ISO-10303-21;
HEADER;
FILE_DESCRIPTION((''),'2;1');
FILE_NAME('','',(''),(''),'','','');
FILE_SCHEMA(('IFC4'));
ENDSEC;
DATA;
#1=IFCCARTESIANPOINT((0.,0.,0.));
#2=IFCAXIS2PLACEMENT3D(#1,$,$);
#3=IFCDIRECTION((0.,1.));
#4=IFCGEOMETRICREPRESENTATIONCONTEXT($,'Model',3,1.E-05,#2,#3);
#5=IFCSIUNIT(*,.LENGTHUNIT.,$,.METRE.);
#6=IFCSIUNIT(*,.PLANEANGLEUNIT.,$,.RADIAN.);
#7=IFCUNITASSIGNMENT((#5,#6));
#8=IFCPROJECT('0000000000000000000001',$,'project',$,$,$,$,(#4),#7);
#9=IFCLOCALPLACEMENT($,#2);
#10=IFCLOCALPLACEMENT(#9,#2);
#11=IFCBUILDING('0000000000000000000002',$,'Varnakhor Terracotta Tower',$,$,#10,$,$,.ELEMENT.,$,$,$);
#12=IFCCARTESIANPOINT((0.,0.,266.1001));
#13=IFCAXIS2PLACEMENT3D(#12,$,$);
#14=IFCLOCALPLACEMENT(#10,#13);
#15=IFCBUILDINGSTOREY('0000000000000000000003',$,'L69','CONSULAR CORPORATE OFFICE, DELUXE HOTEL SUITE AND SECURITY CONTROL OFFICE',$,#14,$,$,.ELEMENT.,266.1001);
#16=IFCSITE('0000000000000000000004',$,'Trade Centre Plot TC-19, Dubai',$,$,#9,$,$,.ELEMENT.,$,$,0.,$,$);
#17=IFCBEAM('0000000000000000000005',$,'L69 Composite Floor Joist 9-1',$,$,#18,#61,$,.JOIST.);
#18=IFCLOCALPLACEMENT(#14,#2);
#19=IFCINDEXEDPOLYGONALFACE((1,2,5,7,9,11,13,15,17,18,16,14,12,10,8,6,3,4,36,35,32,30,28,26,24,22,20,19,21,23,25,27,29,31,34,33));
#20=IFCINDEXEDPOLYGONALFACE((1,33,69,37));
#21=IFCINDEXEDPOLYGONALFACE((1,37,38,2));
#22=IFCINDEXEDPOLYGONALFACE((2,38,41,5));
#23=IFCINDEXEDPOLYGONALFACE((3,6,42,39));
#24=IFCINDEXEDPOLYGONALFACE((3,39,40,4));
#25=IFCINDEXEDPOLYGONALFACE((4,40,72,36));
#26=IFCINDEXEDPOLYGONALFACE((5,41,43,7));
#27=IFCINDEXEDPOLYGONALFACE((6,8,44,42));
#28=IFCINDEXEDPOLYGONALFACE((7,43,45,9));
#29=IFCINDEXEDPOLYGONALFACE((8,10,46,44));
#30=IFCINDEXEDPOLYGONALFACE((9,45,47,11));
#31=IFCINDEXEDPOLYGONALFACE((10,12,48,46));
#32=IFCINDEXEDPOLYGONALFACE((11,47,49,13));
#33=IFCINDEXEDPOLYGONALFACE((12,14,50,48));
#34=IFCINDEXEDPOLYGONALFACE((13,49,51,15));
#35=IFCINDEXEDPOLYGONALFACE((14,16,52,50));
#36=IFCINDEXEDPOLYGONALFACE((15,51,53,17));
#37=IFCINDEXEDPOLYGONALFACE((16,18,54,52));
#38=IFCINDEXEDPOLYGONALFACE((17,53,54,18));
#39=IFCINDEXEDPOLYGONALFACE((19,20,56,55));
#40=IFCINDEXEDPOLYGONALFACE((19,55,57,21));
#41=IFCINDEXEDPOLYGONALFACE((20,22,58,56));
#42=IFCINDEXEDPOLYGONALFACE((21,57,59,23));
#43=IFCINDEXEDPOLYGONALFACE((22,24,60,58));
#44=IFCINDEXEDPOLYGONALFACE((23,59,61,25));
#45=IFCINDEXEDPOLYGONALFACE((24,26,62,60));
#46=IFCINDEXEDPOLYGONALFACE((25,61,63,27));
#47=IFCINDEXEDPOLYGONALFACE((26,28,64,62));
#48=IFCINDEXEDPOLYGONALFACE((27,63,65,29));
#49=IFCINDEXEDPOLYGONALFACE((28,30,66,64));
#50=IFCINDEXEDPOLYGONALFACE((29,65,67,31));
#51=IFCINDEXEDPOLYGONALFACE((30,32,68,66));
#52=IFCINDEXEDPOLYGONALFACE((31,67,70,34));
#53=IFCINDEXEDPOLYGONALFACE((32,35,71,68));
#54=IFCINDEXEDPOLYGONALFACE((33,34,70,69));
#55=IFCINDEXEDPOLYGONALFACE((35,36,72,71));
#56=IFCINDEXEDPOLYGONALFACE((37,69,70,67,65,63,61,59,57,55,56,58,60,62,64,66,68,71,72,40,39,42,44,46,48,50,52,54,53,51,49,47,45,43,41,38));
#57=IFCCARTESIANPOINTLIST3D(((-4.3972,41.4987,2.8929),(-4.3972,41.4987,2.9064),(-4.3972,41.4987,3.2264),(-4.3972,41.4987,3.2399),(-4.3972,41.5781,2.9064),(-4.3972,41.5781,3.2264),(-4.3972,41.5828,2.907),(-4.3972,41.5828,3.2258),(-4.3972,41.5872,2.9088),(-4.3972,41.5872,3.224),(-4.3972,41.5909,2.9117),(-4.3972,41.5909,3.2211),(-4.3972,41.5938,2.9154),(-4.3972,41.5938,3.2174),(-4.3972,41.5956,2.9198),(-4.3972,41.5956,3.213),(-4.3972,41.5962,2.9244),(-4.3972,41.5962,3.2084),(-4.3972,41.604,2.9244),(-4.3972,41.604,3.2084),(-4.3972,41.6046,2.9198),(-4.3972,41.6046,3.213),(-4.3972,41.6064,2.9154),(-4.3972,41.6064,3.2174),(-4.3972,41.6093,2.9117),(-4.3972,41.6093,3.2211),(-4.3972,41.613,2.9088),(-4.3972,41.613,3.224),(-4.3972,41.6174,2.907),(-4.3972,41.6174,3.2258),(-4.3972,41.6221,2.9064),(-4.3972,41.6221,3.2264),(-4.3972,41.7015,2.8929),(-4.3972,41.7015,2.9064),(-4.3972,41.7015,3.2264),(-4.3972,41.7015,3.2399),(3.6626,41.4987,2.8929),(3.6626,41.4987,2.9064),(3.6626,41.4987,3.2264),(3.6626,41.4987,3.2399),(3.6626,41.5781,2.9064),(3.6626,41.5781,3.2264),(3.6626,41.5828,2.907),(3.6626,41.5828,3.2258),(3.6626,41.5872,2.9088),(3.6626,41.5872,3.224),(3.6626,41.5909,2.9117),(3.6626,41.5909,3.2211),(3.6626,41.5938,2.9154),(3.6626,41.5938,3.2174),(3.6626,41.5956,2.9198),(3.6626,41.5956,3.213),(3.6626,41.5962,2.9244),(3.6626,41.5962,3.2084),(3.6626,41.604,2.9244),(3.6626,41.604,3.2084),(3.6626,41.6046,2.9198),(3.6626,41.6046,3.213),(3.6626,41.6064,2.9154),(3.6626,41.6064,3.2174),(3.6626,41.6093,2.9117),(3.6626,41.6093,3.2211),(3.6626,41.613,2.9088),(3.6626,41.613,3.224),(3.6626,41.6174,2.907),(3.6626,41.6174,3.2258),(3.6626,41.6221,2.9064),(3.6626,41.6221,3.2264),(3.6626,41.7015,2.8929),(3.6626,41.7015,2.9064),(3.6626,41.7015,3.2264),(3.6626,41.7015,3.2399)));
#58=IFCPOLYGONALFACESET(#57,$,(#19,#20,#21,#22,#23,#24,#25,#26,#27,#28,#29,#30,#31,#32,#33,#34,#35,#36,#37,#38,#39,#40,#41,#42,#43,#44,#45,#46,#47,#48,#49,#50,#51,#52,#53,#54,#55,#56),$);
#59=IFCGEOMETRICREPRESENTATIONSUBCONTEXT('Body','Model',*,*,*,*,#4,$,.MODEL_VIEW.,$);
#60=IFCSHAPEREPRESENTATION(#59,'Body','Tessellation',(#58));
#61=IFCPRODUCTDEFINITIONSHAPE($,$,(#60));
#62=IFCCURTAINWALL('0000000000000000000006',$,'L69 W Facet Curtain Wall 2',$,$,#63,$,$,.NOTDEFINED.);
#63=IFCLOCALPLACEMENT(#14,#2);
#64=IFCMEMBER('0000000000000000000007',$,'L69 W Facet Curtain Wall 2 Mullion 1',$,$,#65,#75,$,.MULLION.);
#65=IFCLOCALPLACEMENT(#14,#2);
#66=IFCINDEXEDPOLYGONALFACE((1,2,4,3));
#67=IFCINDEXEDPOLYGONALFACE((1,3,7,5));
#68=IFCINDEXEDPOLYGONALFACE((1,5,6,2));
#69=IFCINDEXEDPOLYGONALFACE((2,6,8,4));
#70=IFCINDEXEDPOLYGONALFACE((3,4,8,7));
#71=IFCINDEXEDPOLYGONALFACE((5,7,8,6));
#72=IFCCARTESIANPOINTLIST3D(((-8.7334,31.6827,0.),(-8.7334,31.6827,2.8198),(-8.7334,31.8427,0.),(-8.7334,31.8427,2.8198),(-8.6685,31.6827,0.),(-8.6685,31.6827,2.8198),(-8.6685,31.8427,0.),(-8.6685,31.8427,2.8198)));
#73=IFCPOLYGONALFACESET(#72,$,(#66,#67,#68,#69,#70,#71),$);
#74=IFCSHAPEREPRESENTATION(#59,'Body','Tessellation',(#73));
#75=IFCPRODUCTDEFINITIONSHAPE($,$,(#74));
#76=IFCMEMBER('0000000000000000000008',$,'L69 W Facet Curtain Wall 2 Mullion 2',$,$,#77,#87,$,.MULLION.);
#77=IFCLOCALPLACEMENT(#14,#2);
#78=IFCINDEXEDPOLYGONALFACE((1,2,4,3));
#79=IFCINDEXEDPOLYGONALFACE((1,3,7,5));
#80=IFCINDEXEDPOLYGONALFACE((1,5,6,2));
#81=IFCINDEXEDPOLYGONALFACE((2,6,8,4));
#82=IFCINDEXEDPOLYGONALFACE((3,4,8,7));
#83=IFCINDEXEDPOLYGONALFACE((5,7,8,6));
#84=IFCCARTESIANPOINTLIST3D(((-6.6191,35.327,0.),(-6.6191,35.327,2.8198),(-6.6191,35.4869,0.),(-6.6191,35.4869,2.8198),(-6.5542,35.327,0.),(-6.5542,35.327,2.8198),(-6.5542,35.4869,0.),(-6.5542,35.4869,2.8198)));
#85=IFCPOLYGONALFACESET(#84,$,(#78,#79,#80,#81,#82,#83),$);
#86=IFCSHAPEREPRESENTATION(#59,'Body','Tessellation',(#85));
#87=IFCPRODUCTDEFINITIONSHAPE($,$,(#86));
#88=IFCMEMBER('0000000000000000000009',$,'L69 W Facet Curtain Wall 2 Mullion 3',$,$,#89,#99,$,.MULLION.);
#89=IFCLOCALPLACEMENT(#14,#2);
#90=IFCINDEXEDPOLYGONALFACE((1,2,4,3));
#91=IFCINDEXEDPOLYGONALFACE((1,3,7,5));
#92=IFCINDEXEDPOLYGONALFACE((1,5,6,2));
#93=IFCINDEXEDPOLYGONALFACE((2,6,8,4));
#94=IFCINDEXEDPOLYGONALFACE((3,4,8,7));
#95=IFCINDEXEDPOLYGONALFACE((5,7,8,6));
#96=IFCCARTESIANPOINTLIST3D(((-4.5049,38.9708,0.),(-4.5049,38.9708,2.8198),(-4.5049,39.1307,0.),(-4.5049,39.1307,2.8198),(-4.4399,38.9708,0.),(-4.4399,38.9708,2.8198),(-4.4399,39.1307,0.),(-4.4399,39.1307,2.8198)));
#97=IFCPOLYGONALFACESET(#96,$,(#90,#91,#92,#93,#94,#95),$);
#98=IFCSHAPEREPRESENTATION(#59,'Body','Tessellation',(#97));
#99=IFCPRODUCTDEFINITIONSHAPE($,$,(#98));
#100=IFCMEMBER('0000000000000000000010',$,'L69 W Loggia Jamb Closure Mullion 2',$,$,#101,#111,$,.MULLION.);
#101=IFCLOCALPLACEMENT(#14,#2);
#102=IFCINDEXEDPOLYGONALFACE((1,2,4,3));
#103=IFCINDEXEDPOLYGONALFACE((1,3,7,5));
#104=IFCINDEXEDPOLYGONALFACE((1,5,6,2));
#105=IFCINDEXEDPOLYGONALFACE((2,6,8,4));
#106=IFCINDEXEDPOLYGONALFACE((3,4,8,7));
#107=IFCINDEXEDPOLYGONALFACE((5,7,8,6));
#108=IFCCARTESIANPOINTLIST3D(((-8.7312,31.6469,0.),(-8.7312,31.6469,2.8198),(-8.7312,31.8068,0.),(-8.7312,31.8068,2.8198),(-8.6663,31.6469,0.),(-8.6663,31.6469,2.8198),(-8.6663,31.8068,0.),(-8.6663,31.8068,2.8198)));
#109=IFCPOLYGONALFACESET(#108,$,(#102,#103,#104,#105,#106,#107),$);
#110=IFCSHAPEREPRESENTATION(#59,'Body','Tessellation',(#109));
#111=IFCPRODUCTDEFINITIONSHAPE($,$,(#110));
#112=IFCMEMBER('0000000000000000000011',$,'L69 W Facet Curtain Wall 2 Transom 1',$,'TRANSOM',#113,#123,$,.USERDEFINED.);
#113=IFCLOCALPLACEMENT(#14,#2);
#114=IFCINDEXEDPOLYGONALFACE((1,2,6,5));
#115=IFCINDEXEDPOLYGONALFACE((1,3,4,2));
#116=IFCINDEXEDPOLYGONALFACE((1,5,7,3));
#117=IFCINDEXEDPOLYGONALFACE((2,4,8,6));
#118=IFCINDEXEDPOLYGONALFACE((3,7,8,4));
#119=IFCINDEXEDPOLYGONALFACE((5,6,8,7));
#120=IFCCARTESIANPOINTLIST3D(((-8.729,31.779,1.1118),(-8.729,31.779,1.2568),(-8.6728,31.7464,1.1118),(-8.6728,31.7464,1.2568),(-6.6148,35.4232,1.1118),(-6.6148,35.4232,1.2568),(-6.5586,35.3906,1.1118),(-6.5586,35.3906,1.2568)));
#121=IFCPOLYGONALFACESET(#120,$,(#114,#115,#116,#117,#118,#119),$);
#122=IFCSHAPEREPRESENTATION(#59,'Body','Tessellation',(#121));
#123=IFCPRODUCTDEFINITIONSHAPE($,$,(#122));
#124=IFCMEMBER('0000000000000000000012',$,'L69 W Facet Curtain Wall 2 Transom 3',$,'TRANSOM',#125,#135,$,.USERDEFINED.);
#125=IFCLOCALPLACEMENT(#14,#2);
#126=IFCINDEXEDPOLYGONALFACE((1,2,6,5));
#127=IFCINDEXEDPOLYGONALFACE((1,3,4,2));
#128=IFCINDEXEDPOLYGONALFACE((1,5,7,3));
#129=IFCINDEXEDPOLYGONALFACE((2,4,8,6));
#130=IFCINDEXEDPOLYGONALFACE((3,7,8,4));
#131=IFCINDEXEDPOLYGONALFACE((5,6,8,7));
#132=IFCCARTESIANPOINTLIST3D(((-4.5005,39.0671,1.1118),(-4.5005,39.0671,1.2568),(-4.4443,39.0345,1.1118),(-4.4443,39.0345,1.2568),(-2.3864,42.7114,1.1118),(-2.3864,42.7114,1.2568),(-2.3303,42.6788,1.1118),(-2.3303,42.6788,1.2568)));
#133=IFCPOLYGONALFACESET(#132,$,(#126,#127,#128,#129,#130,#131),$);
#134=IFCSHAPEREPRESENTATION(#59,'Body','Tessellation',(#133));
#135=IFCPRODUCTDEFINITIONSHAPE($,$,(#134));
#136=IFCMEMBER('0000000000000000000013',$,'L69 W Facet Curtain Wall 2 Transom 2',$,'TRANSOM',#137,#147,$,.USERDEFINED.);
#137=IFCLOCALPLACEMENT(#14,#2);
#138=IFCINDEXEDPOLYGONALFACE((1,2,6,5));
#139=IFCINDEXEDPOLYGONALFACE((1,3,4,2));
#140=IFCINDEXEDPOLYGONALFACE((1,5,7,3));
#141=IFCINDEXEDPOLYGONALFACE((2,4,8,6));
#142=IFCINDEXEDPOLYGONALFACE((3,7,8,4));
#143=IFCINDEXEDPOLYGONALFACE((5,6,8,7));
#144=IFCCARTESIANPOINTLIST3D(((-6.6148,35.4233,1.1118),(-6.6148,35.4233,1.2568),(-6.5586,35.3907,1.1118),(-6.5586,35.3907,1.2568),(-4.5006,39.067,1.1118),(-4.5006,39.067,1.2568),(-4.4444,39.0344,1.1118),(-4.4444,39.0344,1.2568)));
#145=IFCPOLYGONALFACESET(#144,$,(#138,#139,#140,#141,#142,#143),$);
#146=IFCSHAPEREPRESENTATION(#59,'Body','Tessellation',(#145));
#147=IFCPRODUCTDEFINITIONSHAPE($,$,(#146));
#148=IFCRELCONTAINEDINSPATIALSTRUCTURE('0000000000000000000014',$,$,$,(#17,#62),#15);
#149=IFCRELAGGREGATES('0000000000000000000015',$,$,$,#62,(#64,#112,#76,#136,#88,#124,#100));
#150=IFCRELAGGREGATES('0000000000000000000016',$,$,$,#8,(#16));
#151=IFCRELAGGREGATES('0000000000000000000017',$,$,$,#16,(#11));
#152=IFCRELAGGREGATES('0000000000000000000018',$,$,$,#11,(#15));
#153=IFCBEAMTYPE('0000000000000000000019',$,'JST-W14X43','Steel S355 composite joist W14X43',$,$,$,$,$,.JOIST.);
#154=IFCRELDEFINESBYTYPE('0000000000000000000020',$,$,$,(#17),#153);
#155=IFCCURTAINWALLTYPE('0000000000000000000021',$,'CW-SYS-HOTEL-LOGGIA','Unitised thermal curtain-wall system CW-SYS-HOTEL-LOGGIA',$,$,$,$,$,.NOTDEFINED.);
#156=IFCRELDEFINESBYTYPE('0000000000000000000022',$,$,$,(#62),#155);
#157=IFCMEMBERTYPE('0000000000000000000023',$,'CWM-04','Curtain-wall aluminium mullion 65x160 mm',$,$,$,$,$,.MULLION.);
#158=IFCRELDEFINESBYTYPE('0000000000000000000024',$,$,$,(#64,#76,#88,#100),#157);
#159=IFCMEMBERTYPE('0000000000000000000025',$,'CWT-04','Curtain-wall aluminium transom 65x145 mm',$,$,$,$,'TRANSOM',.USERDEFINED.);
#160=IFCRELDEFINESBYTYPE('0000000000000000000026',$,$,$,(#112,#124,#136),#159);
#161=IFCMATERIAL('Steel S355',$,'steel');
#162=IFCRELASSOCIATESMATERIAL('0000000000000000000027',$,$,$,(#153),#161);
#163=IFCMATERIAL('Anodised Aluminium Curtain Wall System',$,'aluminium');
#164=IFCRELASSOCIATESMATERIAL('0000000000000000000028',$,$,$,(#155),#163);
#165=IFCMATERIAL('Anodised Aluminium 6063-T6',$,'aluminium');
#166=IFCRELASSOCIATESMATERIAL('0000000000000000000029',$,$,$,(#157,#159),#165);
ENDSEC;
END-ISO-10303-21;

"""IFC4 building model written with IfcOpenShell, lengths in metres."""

from ifc_helpers import new_model, si_unit, direction, frame, origin, origin_2d, place, context, subcontext, project, spatial, rectangle, i_section, extrude, source, transform, mapped, material, material_profile, profile_set, type_object, element, aggregate, save


model = new_model("IFC4")

# Units and contexts
model_context = context("Model", 3, precision=1e-05, world=origin(), true_north=direction((0.0, 1.0)))
body_context = subcontext(model_context, "Body", "Model", "MODEL_VIEW")
ifc_project = project(units=[si_unit("LENGTHUNIT", "METRE"), si_unit("PLANEANGLEUNIT", "RADIAN")], contexts=[model_context])

# Site, building, storey
site_placement = place(None, origin())
site = spatial("IfcSite", under=ifc_project, at=site_placement, Name="Trade Centre Plot TC-19, Dubai", CompositionType="ELEMENT", RefElevation=0.0)
building_placement = place(site_placement, origin())
building = spatial("IfcBuilding", under=site, at=building_placement, Name="Varnakhor Terracotta Tower", CompositionType="ELEMENT")
storey_placement = place(building_placement, frame((0.0, 0.0, 266.1001)))
storey = spatial("IfcBuildingStorey", under=building, at=storey_placement, Name="L69", Description="CONSULAR CORPORATE OFFICE, DELUXE HOTEL SUITE AND SECURITY CONTROL OFFICE", CompositionType="ELEMENT", Elevation=266.1001)

# Beam
ifc_material_1 = material(Name="Steel S355", Category="steel")
ifc_material_profile_1 = material_profile(ifc_material_1, i_section(OverallWidth=0.2029, OverallDepth=0.3469, WebThickness=0.0078, FlangeThickness=0.0134, FilletRadius=0.0181, at=origin_2d()), Name="W14X43")
ifc_profile_set_1 = profile_set([ifc_material_profile_1], Name="Steel S355")
beam_type_1 = type_object("IfcBeamType", Name="JST-W14X43", Description="Steel S355 composite joist W14X43", PredefinedType="JOIST", material=ifc_profile_set_1)
shared_shape_1 = source(origin(), body_context, "Body", "SweptSolid", [
    extrude(i_section(OverallWidth=0.2029, OverallDepth=0.3469, WebThickness=0.0078, FlangeThickness=0.0134, FilletRadius=0.0181, at=origin_2d()), origin(), (0.0, 0.0, 1.0), 8.0598),
])
beam_1_placement = place(storey_placement, frame((-4.3972, 41.6001, 3.0664), z_axis=(1.0, 0.0, 0.0), x_axis=(0.0, 1.0, 0.0)))
element("IfcBeam", 1, at=beam_1_placement, inside=storey, type_object=beam_type_1, Name="L69 Composite Floor Joist 9-1", PredefinedType="JOIST", context=body_context, shape_type="MappedRepresentation", body=[
    mapped(shared_shape_1, transform((0.0, 0.0, 0.0), scale=1.0)),
])

# Curtain wall, members
ifc_material_2 = material(Name="Anodised Aluminium Curtain Wall System", Category="aluminium")
curtain_wall_type = type_object("IfcCurtainWallType", Name="CW-SYS-HOTEL-LOGGIA", Description="Unitised thermal curtain-wall system CW-SYS-HOTEL-LOGGIA", PredefinedType="NOTDEFINED", material=ifc_material_2)
curtain_wall_placement = place(storey_placement, origin())
curtain_wall = element("IfcCurtainWall", 2, at=curtain_wall_placement, inside=storey, type_object=curtain_wall_type, Name="L69 W Facet Curtain Wall 2", PredefinedType="NOTDEFINED")
ifc_material_3 = material(Name="Anodised Aluminium 6063-T6", Category="aluminium")
ifc_material_profile_2 = material_profile(ifc_material_3, rectangle(XDim=0.0649, YDim=0.1599, at=origin_2d()), Name="ALU MULLION 65x160")
ifc_profile_set_2 = profile_set([ifc_material_profile_2], Name="Anodised Aluminium 6063-T6")
member_type_1 = type_object("IfcMemberType", Name="CWM-04", Description="Curtain-wall aluminium mullion 65x160 mm", PredefinedType="MULLION", material=ifc_profile_set_2)
shared_shape_2 = source(origin(), body_context, "Body", "SweptSolid", [
    extrude(rectangle(XDim=0.0649, YDim=0.1599, at=origin_2d()), origin(), (0.0, 0.0, 1.0), 2.8198),
])
member_1_placement = place(storey_placement, frame((-8.7009, 31.7627, 0.0), z_axis=(0.0, 0.0, 1.0), x_axis=(1.0, 0.0, 0.0)))
member_1 = element("IfcMember", 3, at=member_1_placement, type_object=member_type_1, Name="L69 W Facet Curtain Wall 2 Mullion 1", PredefinedType="MULLION", context=body_context, shape_type="MappedRepresentation", body=[
    mapped(shared_shape_2, transform((0.0, 0.0, 0.0), scale=1.0)),
])
member_2_placement = place(storey_placement, frame((-6.5867, 35.407, 0.0), z_axis=(0.0, 0.0, 1.0), x_axis=(1.0, 0.0, 0.0)))
member_2 = element("IfcMember", 4, at=member_2_placement, type_object=member_type_1, Name="L69 W Facet Curtain Wall 2 Mullion 2", PredefinedType="MULLION", context=body_context, shape_type="MappedRepresentation", body=[
    mapped(shared_shape_2, transform((0.0, 0.0, 0.0), scale=1.0)),
])
member_3_placement = place(storey_placement, frame((-4.4724, 39.0508, 0.0), z_axis=(0.0, 0.0, 1.0), x_axis=(1.0, 0.0, 0.0)))
member_3 = element("IfcMember", 5, at=member_3_placement, type_object=member_type_1, Name="L69 W Facet Curtain Wall 2 Mullion 3", PredefinedType="MULLION", context=body_context, shape_type="MappedRepresentation", body=[
    mapped(shared_shape_2, transform((0.0, 0.0, 0.0), scale=1.0)),
])
member_4_placement = place(storey_placement, frame((-8.6987, 31.7268, 0.0), z_axis=(0.0, 0.0, 1.0), x_axis=(1.0, 0.0, 0.0)))
member_4 = element("IfcMember", 6, at=member_4_placement, type_object=member_type_1, Name="L69 W Loggia Jamb Closure Mullion 2", PredefinedType="MULLION", context=body_context, shape_type="MappedRepresentation", body=[
    mapped(shared_shape_2, transform((0.0, 0.0, 0.0), scale=1.0)),
])
ifc_material_profile_3 = material_profile(ifc_material_3, rectangle(XDim=0.0649, YDim=0.145, at=origin_2d()), Name="ALU TRANSOM 65x145")
ifc_profile_set_3 = profile_set([ifc_material_profile_3], Name="Anodised Aluminium 6063-T6")
member_type_2 = type_object("IfcMemberType", Name="CWT-04", Description="Curtain-wall aluminium transom 65x145 mm", ElementType="TRANSOM", PredefinedType="USERDEFINED", material=ifc_profile_set_3)
shared_shape_3 = source(origin(), body_context, "Body", "SweptSolid", [
    extrude(rectangle(XDim=0.0649, YDim=0.145, at=origin_2d()), origin(), (0.0, 0.0, 1.0), 4.2131),
])
member_5_placement = place(storey_placement, frame((-8.7009, 31.7627, 1.1843), z_axis=(0.50182, 0.864972, 0.0), x_axis=(-0.864972, 0.50182, 0.0)))
member_5 = element("IfcMember", 7, at=member_5_placement, type_object=member_type_2, Name="L69 W Facet Curtain Wall 2 Transom 1", ObjectType="TRANSOM", PredefinedType="USERDEFINED", context=body_context, shape_type="MappedRepresentation", body=[
    mapped(shared_shape_3, transform((0.0, 0.0, 0.0), scale=1.0)),
])
member_6_placement = place(storey_placement, frame((-4.4724, 39.0508, 1.1843), z_axis=(0.501776, 0.864997, 0.0), x_axis=(-0.864997, 0.501776, 0.0)))
member_6 = element("IfcMember", 8, at=member_6_placement, type_object=member_type_2, Name="L69 W Facet Curtain Wall 2 Transom 3", ObjectType="TRANSOM", PredefinedType="USERDEFINED", context=body_context, shape_type="MappedRepresentation", body=[
    mapped(shared_shape_3, transform((0.0, 0.0, 0.0), scale=1.0)),
])
shared_shape_4 = source(origin(), body_context, "Body", "SweptSolid", [
    extrude(rectangle(XDim=0.0649, YDim=0.145, at=origin_2d()), origin(), (0.0, 0.0, 1.0), 4.2126),
])
member_7_placement = place(storey_placement, frame((-6.5867, 35.407, 1.1843), z_axis=(0.50187, 0.864943, 0.0), x_axis=(-0.864943, 0.50187, 0.0)))
member_7 = element("IfcMember", 9, at=member_7_placement, type_object=member_type_2, Name="L69 W Facet Curtain Wall 2 Transom 2", ObjectType="TRANSOM", PredefinedType="USERDEFINED", context=body_context, shape_type="MappedRepresentation", body=[
    mapped(shared_shape_4, transform((0.0, 0.0, 0.0), scale=1.0)),
])

aggregate(curtain_wall, [member_1, member_5, member_2, member_7, member_3, member_6, member_4])

save(model, "model.ifc")
